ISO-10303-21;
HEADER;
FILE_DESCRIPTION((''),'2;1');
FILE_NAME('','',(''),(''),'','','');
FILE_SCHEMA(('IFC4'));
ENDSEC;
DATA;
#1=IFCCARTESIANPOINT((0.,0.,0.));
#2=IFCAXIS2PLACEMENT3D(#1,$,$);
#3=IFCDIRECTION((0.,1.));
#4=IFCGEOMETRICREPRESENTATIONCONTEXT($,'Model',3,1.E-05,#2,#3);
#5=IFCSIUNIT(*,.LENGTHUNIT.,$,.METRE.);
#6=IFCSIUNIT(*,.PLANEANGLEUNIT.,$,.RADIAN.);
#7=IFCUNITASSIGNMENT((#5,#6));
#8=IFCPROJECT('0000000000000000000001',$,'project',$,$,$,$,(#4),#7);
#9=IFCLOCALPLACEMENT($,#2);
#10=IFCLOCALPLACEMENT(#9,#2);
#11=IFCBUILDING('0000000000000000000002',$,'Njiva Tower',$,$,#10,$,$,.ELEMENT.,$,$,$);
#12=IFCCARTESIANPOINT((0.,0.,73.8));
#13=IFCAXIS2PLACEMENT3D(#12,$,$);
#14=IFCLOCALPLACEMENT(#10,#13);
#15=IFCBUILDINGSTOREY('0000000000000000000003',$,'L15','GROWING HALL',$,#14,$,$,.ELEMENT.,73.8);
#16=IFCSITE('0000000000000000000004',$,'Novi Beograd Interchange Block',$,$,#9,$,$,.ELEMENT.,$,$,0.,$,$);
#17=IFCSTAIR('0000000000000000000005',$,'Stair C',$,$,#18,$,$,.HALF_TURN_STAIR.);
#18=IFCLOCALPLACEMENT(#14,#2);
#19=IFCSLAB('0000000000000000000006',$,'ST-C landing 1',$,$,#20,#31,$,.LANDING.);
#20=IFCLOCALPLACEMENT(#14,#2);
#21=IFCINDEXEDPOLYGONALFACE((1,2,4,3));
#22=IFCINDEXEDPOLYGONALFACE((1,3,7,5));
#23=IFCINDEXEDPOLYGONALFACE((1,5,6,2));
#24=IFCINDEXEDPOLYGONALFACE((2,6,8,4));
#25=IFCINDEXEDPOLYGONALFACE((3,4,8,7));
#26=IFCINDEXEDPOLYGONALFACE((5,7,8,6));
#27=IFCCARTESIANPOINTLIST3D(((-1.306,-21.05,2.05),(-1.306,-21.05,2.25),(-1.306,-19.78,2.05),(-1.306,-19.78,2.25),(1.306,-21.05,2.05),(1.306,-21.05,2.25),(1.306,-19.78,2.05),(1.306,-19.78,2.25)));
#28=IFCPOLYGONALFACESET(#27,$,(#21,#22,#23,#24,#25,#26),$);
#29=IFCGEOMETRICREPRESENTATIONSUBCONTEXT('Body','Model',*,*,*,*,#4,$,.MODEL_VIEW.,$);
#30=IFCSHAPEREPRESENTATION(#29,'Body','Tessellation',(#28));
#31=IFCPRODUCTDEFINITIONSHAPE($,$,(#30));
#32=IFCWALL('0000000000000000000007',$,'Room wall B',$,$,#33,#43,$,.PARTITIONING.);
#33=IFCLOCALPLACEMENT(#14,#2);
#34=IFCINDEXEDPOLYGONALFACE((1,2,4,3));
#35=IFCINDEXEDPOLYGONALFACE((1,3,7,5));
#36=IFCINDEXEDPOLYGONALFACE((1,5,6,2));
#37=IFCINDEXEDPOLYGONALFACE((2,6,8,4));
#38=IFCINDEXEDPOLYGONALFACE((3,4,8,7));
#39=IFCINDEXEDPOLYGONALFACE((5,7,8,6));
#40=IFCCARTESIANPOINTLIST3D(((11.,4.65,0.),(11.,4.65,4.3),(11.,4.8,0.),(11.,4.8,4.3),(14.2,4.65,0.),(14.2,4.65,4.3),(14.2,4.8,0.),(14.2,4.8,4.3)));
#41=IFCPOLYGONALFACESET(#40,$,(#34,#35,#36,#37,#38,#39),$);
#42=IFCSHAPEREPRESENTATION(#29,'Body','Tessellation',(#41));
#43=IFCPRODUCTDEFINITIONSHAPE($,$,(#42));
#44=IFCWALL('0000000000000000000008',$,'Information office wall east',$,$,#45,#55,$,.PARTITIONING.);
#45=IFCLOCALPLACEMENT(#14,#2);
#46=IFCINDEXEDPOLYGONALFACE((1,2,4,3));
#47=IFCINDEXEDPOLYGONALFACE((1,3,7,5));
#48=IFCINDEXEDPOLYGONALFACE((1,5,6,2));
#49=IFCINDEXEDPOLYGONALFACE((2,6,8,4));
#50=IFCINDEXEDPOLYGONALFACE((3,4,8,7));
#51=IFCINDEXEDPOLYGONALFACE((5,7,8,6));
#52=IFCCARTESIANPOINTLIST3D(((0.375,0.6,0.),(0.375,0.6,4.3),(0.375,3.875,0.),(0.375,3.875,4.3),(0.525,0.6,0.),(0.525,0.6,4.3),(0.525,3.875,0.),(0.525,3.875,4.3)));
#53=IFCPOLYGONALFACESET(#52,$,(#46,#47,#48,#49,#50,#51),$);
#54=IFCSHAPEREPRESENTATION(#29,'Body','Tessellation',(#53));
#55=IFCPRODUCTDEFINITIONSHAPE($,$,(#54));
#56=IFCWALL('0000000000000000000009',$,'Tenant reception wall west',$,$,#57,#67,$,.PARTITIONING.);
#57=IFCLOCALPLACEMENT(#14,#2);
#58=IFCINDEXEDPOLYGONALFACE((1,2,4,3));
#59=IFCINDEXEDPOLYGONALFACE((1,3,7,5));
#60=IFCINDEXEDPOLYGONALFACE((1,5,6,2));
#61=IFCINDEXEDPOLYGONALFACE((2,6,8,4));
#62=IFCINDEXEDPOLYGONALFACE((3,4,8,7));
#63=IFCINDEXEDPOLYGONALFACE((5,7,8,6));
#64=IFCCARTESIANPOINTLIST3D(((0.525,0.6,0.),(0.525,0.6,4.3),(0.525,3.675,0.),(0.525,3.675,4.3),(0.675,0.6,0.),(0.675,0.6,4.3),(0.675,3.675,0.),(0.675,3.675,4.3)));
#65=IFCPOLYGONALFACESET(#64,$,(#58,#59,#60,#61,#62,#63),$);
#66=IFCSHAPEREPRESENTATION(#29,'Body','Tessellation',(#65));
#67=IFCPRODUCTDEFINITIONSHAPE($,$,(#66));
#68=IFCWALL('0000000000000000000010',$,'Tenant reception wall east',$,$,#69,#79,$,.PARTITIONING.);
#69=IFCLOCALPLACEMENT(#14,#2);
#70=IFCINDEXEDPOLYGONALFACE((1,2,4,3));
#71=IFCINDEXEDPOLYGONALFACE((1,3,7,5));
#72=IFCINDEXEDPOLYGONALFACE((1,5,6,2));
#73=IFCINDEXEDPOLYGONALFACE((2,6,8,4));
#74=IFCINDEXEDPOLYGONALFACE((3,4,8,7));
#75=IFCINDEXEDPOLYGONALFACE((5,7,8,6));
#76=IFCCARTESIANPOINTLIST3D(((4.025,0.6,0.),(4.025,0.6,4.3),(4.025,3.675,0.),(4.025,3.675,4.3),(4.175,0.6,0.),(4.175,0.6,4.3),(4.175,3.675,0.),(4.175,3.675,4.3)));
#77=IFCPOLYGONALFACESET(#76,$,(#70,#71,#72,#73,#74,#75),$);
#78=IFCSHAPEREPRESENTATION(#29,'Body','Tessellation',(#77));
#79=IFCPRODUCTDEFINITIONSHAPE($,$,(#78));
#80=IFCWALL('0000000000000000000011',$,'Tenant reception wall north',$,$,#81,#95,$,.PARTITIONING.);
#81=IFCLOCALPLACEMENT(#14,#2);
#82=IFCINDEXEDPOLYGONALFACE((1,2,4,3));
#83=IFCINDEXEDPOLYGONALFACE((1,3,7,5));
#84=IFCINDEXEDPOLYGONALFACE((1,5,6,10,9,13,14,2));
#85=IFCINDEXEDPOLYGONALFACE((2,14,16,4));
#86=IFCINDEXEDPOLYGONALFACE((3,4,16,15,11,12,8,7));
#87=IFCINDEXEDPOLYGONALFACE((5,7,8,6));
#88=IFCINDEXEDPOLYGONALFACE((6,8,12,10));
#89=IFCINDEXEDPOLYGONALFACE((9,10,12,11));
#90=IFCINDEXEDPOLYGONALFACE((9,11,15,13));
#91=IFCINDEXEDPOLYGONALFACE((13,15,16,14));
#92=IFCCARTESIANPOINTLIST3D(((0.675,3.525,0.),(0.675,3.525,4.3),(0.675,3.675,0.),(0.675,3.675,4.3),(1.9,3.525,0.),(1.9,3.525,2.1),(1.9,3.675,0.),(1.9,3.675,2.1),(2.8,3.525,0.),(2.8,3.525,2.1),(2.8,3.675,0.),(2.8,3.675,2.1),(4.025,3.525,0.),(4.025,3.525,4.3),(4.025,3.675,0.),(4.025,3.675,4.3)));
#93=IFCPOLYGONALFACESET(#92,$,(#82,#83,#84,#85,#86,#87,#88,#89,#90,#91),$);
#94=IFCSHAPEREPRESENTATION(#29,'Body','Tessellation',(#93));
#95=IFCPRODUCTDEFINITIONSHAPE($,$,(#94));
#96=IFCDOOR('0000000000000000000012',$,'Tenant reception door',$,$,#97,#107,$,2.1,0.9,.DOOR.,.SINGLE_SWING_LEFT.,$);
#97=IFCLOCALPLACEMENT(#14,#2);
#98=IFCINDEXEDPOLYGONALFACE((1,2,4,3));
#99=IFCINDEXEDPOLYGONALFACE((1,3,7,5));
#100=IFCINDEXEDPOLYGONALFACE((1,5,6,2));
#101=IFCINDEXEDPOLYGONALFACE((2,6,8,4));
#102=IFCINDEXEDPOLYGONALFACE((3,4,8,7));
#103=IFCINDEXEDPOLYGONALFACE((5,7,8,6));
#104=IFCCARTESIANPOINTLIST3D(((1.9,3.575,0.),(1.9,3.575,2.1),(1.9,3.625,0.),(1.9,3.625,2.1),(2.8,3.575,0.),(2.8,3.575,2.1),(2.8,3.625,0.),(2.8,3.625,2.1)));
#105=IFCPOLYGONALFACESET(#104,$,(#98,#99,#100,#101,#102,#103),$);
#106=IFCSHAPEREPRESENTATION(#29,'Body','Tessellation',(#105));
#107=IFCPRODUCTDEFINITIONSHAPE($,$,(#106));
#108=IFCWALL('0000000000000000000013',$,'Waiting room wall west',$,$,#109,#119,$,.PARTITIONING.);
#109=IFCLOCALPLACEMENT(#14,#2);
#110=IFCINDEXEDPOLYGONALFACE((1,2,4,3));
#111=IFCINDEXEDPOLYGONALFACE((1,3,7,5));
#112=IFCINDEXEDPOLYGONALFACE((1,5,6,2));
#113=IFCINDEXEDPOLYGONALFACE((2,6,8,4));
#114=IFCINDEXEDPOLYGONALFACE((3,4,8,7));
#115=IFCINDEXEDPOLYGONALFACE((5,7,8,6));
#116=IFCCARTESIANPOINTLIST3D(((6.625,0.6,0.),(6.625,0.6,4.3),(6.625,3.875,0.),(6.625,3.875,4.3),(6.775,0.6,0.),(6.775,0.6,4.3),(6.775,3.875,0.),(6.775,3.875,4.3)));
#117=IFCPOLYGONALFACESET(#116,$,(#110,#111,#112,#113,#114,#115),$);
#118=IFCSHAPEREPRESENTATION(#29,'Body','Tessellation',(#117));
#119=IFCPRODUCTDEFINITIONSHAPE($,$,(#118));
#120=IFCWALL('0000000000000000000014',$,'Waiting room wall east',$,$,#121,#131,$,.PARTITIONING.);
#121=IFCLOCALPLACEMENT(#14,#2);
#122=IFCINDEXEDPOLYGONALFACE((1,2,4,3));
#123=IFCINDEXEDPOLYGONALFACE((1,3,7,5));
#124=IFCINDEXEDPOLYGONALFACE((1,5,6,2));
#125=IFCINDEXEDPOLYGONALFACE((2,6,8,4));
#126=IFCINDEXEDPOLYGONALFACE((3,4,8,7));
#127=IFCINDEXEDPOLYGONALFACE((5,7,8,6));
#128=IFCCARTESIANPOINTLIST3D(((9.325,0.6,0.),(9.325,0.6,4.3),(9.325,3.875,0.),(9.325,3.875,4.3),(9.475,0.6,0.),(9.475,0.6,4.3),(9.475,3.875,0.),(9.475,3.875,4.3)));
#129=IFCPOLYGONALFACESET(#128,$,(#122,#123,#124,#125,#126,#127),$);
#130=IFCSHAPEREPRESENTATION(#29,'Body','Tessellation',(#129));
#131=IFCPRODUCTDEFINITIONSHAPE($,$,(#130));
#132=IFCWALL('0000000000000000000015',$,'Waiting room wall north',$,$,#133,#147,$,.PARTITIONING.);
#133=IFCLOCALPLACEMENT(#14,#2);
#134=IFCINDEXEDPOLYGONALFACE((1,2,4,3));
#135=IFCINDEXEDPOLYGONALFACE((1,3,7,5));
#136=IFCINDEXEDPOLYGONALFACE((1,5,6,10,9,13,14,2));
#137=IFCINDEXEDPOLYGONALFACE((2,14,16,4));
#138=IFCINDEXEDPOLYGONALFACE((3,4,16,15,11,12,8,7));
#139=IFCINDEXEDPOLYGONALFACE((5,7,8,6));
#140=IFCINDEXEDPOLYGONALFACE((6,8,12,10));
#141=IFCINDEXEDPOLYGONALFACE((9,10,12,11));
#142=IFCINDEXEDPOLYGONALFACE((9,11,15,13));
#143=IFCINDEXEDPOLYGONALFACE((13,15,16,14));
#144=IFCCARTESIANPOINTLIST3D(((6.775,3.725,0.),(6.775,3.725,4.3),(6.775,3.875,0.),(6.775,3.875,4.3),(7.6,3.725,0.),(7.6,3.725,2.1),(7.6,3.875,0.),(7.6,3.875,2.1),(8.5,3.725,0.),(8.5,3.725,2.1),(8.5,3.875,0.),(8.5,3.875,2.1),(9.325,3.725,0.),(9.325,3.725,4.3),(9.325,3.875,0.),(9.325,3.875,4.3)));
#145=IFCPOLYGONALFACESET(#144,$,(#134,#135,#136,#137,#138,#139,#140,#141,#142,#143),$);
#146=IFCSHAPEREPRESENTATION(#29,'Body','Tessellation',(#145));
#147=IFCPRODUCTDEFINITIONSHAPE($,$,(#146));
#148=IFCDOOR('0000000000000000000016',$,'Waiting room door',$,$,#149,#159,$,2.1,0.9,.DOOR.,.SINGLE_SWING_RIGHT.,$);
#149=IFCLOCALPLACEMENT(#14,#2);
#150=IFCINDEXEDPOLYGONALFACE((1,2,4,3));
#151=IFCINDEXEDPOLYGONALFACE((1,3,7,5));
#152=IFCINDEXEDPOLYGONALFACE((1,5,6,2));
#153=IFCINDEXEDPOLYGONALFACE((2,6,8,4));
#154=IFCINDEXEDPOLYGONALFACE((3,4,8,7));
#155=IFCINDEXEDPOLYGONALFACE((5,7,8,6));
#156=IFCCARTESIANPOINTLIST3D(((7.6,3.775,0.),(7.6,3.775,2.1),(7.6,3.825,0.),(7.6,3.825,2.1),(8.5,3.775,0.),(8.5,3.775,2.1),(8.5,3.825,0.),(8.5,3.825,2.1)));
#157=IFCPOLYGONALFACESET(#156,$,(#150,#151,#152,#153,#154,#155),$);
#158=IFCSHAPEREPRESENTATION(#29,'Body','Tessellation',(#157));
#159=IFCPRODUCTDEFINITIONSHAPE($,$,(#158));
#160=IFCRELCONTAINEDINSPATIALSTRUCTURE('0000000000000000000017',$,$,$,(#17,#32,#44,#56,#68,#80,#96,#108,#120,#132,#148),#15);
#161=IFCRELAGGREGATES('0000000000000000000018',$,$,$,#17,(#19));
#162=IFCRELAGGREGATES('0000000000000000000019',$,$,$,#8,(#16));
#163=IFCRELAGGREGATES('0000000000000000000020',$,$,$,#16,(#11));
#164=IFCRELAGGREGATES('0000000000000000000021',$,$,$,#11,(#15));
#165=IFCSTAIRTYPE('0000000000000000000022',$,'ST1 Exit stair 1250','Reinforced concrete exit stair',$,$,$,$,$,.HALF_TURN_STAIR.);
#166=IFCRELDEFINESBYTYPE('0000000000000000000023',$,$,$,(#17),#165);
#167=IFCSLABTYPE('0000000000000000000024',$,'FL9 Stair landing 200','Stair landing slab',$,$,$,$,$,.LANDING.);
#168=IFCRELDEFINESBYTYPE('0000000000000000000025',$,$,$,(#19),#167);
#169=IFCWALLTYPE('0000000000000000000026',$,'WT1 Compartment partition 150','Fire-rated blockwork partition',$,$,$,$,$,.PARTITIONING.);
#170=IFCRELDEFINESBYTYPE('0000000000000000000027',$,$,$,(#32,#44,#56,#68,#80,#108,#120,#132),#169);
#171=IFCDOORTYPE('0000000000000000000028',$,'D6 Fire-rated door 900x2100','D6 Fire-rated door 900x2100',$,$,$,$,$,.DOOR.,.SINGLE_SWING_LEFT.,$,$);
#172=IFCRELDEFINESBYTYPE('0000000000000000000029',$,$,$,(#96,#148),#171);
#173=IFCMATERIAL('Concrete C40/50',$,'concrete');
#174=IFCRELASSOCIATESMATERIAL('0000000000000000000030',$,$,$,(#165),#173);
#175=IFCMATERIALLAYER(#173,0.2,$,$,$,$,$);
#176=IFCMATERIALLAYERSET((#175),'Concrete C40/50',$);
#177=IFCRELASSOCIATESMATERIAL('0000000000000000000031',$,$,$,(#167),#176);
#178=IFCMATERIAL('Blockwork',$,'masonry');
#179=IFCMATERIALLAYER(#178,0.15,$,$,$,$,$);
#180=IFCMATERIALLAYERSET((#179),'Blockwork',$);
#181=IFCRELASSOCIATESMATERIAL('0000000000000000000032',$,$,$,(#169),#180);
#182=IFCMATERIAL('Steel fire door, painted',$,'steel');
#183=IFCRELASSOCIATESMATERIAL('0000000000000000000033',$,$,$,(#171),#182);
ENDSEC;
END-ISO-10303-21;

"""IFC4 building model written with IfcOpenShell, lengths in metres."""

from ifc_helpers import new_model, si_unit, direction, frame, frame_2d, origin, place, context, subcontext, project, spatial, polyline, rectangle, outline, extrude, material, layer, layer_set, type_object, element, fill, aggregate, save


model = new_model("IFC4")

# Units and contexts
model_context = context("Model", 3, precision=1e-05, world=origin(), true_north=direction((0.0, 1.0)))
body_context = subcontext(model_context, "Body", "Model", "MODEL_VIEW")
ifc_project = project(units=[si_unit("LENGTHUNIT", "METRE"), si_unit("PLANEANGLEUNIT", "RADIAN")], contexts=[model_context])

# Site, building, storey
site_placement = place(None, origin())
site = spatial("IfcSite", under=ifc_project, at=site_placement, Name="Novi Beograd Interchange Block", CompositionType="ELEMENT", RefElevation=0.0)
building_placement = place(site_placement, origin())
building = spatial("IfcBuilding", under=site, at=building_placement, Name="Njiva Tower", CompositionType="ELEMENT")
storey_placement = place(building_placement, frame((0.0, 0.0, 73.8)))
storey = spatial("IfcBuildingStorey", under=building, at=storey_placement, Name="L15", Description="GROWING HALL", CompositionType="ELEMENT", Elevation=73.8)

# Stair, slab
ifc_material_1 = material(Name="Concrete C40/50", Category="concrete")
stair_type = type_object("IfcStairType", Name="ST1 Exit stair 1250", Description="Reinforced concrete exit stair", PredefinedType="HALF_TURN_STAIR", material=ifc_material_1)
stair_placement = place(storey_placement, origin())
stair = element("IfcStair", 1, at=stair_placement, inside=storey, type_object=stair_type, Name="Stair C", PredefinedType="HALF_TURN_STAIR")
ifc_layer_1 = layer(ifc_material_1, 0.2)
ifc_layer_set_1 = layer_set([ifc_layer_1], Name="Concrete C40/50")
slab_type = type_object("IfcSlabType", Name="FL9 Stair landing 200", Description="Stair landing slab", PredefinedType="LANDING", material=ifc_layer_set_1)
slab_placement = place(storey_placement, frame((0.0, 0.0, 2.05)))
slab = element("IfcSlab", 2, at=slab_placement, type_object=slab_type, Name="ST-C landing 1", PredefinedType="LANDING", context=body_context, shape_type="SweptSolid", body=[
    extrude(outline(polyline([(-1.306, -21.05), (1.306, -21.05), (1.306, -19.78), (-1.306, -19.78), (-1.306, -21.05)])), origin(), (0.0, 0.0, 1.0), 0.2),
])
aggregate(stair, [slab])

# Walls
ifc_material_2 = material(Name="Blockwork", Category="masonry")
ifc_layer_2 = layer(ifc_material_2, 0.15)
ifc_layer_set_2 = layer_set([ifc_layer_2], Name="Blockwork")
wall_type_1 = type_object("IfcWallType", Name="WT1 Compartment partition 150", Description="Fire-rated blockwork partition", PredefinedType="PARTITIONING", material=ifc_layer_set_2)
wall_1_placement = place(storey_placement, frame((11.0, 4.725, 0.0), z_axis=(0.0, 0.0, 1.0), x_axis=(1.0, 0.0, 0.0)))
element("IfcWall", 3, at=wall_1_placement, inside=storey, type_object=wall_type_1, Name="Room wall B", PredefinedType="PARTITIONING", context=body_context, shape_type="SweptSolid", body=[
    extrude(rectangle(XDim=3.2, YDim=0.15, at=frame_2d((1.6, 0.0))), origin(), (0.0, 0.0, 1.0), 4.3),
])
wall_2_placement = place(storey_placement, frame((0.45, 0.6, 0.0), z_axis=(0.0, 0.0, 1.0), x_axis=(0.0, 1.0, 0.0)))
element("IfcWall", 4, at=wall_2_placement, inside=storey, type_object=wall_type_1, Name="Information office wall east", PredefinedType="PARTITIONING", context=body_context, shape_type="SweptSolid", body=[
    extrude(rectangle(XDim=3.275, YDim=0.15, at=frame_2d((1.6375, 0.0))), origin(), (0.0, 0.0, 1.0), 4.3),
])
for number, where, z_axis, x_axis, name in (
    (5, (0.6, 0.6, 0.0), (0.0, 0.0, 1.0), (0.0, 1.0, 0.0), "Tenant reception wall west"),
    (6, (4.1, 0.6, 0.0), (0.0, 0.0, 1.0), (0.0, 1.0, 0.0), "Tenant reception wall east"),
):
    element("IfcWall", number, at=place(storey_placement, frame(where, z_axis=z_axis, x_axis=x_axis)), inside=storey, type_object=wall_type_1, Name=name, PredefinedType="PARTITIONING", context=body_context, shape_type="SweptSolid", body=[
        extrude(rectangle(XDim=3.075, YDim=0.15, at=frame_2d((1.5375, 0.0))), origin(), (0.0, 0.0, 1.0), 4.3),
    ])

# Wall, opening, door
wall_3_placement = place(storey_placement, frame((0.675, 3.6, 0.0), z_axis=(0.0, 0.0, 1.0), x_axis=(1.0, 0.0, 0.0)))
wall_3 = element("IfcWall", 7, at=wall_3_placement, inside=storey, type_object=wall_type_1, Name="Tenant reception wall north", PredefinedType="PARTITIONING", context=body_context, shape_type="SweptSolid", body=[
    extrude(rectangle(XDim=3.35, YDim=0.15, at=frame_2d((1.675, 0.0))), origin(), (0.0, 0.0, 1.0), 4.3),
])
opening_1_placement = place(wall_3_placement, frame((1.225, 0.0, 0.0)))
opening_1 = element("IfcOpeningElement", 8, at=opening_1_placement, cuts=wall_3, PredefinedType="OPENING", context=body_context, shape_type="SweptSolid", body=[
    extrude(rectangle(XDim=0.9, YDim=2.1, at=frame_2d((0.45, 1.05))), frame((0.0, 0.085, 0.0), z_axis=(0.0, -1.0, 0.0), x_axis=(1.0, 0.0, 0.0)), (0.0, 0.0, 1.0), 0.17),
])
ifc_material_3 = material(Name="Steel fire door, painted", Category="steel")
door_type_1 = type_object("IfcDoorType", Name="D6 Fire-rated door 900x2100", Description="D6 Fire-rated door 900x2100", OperationType="SINGLE_SWING_LEFT", PredefinedType="DOOR", material=ifc_material_3)
door_1_placement = place(opening_1_placement, origin())
door_1 = element("IfcDoor", 9, at=door_1_placement, inside=storey, type_object=door_type_1, Name="Tenant reception door", OperationType="SINGLE_SWING_LEFT", OverallHeight=2.1, OverallWidth=0.9, PredefinedType="DOOR", context=body_context, shape_type="SweptSolid", body=[
    extrude(rectangle(XDim=0.9, YDim=2.1, at=frame_2d((0.45, 1.05))), frame((0.0, 0.025, 0.0), z_axis=(0.0, -1.0, 0.0), x_axis=(1.0, 0.0, 0.0)), (0.0, 0.0, 1.0), 0.05),
])
fill(opening_1, door_1)

# Walls
for number, where, z_axis, x_axis, name in (
    (10, (6.7, 0.6, 0.0), (0.0, 0.0, 1.0), (0.0, 1.0, 0.0), "Waiting room wall west"),
    (11, (9.4, 0.6, 0.0), (0.0, 0.0, 1.0), (0.0, 1.0, 0.0), "Waiting room wall east"),
):
    element("IfcWall", number, at=place(storey_placement, frame(where, z_axis=z_axis, x_axis=x_axis)), inside=storey, type_object=wall_type_1, Name=name, PredefinedType="PARTITIONING", context=body_context, shape_type="SweptSolid", body=[
        extrude(rectangle(XDim=3.275, YDim=0.15, at=frame_2d((1.6375, 0.0))), origin(), (0.0, 0.0, 1.0), 4.3),
    ])

# Wall, opening, door
wall_4_placement = place(storey_placement, frame((6.775, 3.8, 0.0), z_axis=(0.0, 0.0, 1.0), x_axis=(1.0, 0.0, 0.0)))
wall_4 = element("IfcWall", 12, at=wall_4_placement, inside=storey, type_object=wall_type_1, Name="Waiting room wall north", PredefinedType="PARTITIONING", context=body_context, shape_type="SweptSolid", body=[
    extrude(rectangle(XDim=2.55, YDim=0.15, at=frame_2d((1.275, 0.0))), origin(), (0.0, 0.0, 1.0), 4.3),
])
opening_2_placement = place(wall_4_placement, frame((0.825, 0.0, 0.0)))
opening_2 = element("IfcOpeningElement", 13, at=opening_2_placement, cuts=wall_4, PredefinedType="OPENING", context=body_context, shape_type="SweptSolid", body=[
    extrude(rectangle(XDim=0.9, YDim=2.1, at=frame_2d((0.45, 1.05))), frame((0.0, 0.085, 0.0), z_axis=(0.0, -1.0, 0.0), x_axis=(1.0, 0.0, 0.0)), (0.0, 0.0, 1.0), 0.17),
])
door_2_placement = place(opening_2_placement, origin())
door_2 = element("IfcDoor", 14, at=door_2_placement, inside=storey, type_object=door_type_1, Name="Waiting room door", OperationType="SINGLE_SWING_RIGHT", OverallHeight=2.1, OverallWidth=0.9, PredefinedType="DOOR", context=body_context, shape_type="SweptSolid", body=[
    extrude(rectangle(XDim=0.9, YDim=2.1, at=frame_2d((0.45, 1.05))), frame((0.0, 0.025, 0.0), z_axis=(0.0, -1.0, 0.0), x_axis=(1.0, 0.0, 0.0)), (0.0, 0.0, 1.0), 0.05),
])
fill(opening_2, door_2)

save(model, "model.ifc")
